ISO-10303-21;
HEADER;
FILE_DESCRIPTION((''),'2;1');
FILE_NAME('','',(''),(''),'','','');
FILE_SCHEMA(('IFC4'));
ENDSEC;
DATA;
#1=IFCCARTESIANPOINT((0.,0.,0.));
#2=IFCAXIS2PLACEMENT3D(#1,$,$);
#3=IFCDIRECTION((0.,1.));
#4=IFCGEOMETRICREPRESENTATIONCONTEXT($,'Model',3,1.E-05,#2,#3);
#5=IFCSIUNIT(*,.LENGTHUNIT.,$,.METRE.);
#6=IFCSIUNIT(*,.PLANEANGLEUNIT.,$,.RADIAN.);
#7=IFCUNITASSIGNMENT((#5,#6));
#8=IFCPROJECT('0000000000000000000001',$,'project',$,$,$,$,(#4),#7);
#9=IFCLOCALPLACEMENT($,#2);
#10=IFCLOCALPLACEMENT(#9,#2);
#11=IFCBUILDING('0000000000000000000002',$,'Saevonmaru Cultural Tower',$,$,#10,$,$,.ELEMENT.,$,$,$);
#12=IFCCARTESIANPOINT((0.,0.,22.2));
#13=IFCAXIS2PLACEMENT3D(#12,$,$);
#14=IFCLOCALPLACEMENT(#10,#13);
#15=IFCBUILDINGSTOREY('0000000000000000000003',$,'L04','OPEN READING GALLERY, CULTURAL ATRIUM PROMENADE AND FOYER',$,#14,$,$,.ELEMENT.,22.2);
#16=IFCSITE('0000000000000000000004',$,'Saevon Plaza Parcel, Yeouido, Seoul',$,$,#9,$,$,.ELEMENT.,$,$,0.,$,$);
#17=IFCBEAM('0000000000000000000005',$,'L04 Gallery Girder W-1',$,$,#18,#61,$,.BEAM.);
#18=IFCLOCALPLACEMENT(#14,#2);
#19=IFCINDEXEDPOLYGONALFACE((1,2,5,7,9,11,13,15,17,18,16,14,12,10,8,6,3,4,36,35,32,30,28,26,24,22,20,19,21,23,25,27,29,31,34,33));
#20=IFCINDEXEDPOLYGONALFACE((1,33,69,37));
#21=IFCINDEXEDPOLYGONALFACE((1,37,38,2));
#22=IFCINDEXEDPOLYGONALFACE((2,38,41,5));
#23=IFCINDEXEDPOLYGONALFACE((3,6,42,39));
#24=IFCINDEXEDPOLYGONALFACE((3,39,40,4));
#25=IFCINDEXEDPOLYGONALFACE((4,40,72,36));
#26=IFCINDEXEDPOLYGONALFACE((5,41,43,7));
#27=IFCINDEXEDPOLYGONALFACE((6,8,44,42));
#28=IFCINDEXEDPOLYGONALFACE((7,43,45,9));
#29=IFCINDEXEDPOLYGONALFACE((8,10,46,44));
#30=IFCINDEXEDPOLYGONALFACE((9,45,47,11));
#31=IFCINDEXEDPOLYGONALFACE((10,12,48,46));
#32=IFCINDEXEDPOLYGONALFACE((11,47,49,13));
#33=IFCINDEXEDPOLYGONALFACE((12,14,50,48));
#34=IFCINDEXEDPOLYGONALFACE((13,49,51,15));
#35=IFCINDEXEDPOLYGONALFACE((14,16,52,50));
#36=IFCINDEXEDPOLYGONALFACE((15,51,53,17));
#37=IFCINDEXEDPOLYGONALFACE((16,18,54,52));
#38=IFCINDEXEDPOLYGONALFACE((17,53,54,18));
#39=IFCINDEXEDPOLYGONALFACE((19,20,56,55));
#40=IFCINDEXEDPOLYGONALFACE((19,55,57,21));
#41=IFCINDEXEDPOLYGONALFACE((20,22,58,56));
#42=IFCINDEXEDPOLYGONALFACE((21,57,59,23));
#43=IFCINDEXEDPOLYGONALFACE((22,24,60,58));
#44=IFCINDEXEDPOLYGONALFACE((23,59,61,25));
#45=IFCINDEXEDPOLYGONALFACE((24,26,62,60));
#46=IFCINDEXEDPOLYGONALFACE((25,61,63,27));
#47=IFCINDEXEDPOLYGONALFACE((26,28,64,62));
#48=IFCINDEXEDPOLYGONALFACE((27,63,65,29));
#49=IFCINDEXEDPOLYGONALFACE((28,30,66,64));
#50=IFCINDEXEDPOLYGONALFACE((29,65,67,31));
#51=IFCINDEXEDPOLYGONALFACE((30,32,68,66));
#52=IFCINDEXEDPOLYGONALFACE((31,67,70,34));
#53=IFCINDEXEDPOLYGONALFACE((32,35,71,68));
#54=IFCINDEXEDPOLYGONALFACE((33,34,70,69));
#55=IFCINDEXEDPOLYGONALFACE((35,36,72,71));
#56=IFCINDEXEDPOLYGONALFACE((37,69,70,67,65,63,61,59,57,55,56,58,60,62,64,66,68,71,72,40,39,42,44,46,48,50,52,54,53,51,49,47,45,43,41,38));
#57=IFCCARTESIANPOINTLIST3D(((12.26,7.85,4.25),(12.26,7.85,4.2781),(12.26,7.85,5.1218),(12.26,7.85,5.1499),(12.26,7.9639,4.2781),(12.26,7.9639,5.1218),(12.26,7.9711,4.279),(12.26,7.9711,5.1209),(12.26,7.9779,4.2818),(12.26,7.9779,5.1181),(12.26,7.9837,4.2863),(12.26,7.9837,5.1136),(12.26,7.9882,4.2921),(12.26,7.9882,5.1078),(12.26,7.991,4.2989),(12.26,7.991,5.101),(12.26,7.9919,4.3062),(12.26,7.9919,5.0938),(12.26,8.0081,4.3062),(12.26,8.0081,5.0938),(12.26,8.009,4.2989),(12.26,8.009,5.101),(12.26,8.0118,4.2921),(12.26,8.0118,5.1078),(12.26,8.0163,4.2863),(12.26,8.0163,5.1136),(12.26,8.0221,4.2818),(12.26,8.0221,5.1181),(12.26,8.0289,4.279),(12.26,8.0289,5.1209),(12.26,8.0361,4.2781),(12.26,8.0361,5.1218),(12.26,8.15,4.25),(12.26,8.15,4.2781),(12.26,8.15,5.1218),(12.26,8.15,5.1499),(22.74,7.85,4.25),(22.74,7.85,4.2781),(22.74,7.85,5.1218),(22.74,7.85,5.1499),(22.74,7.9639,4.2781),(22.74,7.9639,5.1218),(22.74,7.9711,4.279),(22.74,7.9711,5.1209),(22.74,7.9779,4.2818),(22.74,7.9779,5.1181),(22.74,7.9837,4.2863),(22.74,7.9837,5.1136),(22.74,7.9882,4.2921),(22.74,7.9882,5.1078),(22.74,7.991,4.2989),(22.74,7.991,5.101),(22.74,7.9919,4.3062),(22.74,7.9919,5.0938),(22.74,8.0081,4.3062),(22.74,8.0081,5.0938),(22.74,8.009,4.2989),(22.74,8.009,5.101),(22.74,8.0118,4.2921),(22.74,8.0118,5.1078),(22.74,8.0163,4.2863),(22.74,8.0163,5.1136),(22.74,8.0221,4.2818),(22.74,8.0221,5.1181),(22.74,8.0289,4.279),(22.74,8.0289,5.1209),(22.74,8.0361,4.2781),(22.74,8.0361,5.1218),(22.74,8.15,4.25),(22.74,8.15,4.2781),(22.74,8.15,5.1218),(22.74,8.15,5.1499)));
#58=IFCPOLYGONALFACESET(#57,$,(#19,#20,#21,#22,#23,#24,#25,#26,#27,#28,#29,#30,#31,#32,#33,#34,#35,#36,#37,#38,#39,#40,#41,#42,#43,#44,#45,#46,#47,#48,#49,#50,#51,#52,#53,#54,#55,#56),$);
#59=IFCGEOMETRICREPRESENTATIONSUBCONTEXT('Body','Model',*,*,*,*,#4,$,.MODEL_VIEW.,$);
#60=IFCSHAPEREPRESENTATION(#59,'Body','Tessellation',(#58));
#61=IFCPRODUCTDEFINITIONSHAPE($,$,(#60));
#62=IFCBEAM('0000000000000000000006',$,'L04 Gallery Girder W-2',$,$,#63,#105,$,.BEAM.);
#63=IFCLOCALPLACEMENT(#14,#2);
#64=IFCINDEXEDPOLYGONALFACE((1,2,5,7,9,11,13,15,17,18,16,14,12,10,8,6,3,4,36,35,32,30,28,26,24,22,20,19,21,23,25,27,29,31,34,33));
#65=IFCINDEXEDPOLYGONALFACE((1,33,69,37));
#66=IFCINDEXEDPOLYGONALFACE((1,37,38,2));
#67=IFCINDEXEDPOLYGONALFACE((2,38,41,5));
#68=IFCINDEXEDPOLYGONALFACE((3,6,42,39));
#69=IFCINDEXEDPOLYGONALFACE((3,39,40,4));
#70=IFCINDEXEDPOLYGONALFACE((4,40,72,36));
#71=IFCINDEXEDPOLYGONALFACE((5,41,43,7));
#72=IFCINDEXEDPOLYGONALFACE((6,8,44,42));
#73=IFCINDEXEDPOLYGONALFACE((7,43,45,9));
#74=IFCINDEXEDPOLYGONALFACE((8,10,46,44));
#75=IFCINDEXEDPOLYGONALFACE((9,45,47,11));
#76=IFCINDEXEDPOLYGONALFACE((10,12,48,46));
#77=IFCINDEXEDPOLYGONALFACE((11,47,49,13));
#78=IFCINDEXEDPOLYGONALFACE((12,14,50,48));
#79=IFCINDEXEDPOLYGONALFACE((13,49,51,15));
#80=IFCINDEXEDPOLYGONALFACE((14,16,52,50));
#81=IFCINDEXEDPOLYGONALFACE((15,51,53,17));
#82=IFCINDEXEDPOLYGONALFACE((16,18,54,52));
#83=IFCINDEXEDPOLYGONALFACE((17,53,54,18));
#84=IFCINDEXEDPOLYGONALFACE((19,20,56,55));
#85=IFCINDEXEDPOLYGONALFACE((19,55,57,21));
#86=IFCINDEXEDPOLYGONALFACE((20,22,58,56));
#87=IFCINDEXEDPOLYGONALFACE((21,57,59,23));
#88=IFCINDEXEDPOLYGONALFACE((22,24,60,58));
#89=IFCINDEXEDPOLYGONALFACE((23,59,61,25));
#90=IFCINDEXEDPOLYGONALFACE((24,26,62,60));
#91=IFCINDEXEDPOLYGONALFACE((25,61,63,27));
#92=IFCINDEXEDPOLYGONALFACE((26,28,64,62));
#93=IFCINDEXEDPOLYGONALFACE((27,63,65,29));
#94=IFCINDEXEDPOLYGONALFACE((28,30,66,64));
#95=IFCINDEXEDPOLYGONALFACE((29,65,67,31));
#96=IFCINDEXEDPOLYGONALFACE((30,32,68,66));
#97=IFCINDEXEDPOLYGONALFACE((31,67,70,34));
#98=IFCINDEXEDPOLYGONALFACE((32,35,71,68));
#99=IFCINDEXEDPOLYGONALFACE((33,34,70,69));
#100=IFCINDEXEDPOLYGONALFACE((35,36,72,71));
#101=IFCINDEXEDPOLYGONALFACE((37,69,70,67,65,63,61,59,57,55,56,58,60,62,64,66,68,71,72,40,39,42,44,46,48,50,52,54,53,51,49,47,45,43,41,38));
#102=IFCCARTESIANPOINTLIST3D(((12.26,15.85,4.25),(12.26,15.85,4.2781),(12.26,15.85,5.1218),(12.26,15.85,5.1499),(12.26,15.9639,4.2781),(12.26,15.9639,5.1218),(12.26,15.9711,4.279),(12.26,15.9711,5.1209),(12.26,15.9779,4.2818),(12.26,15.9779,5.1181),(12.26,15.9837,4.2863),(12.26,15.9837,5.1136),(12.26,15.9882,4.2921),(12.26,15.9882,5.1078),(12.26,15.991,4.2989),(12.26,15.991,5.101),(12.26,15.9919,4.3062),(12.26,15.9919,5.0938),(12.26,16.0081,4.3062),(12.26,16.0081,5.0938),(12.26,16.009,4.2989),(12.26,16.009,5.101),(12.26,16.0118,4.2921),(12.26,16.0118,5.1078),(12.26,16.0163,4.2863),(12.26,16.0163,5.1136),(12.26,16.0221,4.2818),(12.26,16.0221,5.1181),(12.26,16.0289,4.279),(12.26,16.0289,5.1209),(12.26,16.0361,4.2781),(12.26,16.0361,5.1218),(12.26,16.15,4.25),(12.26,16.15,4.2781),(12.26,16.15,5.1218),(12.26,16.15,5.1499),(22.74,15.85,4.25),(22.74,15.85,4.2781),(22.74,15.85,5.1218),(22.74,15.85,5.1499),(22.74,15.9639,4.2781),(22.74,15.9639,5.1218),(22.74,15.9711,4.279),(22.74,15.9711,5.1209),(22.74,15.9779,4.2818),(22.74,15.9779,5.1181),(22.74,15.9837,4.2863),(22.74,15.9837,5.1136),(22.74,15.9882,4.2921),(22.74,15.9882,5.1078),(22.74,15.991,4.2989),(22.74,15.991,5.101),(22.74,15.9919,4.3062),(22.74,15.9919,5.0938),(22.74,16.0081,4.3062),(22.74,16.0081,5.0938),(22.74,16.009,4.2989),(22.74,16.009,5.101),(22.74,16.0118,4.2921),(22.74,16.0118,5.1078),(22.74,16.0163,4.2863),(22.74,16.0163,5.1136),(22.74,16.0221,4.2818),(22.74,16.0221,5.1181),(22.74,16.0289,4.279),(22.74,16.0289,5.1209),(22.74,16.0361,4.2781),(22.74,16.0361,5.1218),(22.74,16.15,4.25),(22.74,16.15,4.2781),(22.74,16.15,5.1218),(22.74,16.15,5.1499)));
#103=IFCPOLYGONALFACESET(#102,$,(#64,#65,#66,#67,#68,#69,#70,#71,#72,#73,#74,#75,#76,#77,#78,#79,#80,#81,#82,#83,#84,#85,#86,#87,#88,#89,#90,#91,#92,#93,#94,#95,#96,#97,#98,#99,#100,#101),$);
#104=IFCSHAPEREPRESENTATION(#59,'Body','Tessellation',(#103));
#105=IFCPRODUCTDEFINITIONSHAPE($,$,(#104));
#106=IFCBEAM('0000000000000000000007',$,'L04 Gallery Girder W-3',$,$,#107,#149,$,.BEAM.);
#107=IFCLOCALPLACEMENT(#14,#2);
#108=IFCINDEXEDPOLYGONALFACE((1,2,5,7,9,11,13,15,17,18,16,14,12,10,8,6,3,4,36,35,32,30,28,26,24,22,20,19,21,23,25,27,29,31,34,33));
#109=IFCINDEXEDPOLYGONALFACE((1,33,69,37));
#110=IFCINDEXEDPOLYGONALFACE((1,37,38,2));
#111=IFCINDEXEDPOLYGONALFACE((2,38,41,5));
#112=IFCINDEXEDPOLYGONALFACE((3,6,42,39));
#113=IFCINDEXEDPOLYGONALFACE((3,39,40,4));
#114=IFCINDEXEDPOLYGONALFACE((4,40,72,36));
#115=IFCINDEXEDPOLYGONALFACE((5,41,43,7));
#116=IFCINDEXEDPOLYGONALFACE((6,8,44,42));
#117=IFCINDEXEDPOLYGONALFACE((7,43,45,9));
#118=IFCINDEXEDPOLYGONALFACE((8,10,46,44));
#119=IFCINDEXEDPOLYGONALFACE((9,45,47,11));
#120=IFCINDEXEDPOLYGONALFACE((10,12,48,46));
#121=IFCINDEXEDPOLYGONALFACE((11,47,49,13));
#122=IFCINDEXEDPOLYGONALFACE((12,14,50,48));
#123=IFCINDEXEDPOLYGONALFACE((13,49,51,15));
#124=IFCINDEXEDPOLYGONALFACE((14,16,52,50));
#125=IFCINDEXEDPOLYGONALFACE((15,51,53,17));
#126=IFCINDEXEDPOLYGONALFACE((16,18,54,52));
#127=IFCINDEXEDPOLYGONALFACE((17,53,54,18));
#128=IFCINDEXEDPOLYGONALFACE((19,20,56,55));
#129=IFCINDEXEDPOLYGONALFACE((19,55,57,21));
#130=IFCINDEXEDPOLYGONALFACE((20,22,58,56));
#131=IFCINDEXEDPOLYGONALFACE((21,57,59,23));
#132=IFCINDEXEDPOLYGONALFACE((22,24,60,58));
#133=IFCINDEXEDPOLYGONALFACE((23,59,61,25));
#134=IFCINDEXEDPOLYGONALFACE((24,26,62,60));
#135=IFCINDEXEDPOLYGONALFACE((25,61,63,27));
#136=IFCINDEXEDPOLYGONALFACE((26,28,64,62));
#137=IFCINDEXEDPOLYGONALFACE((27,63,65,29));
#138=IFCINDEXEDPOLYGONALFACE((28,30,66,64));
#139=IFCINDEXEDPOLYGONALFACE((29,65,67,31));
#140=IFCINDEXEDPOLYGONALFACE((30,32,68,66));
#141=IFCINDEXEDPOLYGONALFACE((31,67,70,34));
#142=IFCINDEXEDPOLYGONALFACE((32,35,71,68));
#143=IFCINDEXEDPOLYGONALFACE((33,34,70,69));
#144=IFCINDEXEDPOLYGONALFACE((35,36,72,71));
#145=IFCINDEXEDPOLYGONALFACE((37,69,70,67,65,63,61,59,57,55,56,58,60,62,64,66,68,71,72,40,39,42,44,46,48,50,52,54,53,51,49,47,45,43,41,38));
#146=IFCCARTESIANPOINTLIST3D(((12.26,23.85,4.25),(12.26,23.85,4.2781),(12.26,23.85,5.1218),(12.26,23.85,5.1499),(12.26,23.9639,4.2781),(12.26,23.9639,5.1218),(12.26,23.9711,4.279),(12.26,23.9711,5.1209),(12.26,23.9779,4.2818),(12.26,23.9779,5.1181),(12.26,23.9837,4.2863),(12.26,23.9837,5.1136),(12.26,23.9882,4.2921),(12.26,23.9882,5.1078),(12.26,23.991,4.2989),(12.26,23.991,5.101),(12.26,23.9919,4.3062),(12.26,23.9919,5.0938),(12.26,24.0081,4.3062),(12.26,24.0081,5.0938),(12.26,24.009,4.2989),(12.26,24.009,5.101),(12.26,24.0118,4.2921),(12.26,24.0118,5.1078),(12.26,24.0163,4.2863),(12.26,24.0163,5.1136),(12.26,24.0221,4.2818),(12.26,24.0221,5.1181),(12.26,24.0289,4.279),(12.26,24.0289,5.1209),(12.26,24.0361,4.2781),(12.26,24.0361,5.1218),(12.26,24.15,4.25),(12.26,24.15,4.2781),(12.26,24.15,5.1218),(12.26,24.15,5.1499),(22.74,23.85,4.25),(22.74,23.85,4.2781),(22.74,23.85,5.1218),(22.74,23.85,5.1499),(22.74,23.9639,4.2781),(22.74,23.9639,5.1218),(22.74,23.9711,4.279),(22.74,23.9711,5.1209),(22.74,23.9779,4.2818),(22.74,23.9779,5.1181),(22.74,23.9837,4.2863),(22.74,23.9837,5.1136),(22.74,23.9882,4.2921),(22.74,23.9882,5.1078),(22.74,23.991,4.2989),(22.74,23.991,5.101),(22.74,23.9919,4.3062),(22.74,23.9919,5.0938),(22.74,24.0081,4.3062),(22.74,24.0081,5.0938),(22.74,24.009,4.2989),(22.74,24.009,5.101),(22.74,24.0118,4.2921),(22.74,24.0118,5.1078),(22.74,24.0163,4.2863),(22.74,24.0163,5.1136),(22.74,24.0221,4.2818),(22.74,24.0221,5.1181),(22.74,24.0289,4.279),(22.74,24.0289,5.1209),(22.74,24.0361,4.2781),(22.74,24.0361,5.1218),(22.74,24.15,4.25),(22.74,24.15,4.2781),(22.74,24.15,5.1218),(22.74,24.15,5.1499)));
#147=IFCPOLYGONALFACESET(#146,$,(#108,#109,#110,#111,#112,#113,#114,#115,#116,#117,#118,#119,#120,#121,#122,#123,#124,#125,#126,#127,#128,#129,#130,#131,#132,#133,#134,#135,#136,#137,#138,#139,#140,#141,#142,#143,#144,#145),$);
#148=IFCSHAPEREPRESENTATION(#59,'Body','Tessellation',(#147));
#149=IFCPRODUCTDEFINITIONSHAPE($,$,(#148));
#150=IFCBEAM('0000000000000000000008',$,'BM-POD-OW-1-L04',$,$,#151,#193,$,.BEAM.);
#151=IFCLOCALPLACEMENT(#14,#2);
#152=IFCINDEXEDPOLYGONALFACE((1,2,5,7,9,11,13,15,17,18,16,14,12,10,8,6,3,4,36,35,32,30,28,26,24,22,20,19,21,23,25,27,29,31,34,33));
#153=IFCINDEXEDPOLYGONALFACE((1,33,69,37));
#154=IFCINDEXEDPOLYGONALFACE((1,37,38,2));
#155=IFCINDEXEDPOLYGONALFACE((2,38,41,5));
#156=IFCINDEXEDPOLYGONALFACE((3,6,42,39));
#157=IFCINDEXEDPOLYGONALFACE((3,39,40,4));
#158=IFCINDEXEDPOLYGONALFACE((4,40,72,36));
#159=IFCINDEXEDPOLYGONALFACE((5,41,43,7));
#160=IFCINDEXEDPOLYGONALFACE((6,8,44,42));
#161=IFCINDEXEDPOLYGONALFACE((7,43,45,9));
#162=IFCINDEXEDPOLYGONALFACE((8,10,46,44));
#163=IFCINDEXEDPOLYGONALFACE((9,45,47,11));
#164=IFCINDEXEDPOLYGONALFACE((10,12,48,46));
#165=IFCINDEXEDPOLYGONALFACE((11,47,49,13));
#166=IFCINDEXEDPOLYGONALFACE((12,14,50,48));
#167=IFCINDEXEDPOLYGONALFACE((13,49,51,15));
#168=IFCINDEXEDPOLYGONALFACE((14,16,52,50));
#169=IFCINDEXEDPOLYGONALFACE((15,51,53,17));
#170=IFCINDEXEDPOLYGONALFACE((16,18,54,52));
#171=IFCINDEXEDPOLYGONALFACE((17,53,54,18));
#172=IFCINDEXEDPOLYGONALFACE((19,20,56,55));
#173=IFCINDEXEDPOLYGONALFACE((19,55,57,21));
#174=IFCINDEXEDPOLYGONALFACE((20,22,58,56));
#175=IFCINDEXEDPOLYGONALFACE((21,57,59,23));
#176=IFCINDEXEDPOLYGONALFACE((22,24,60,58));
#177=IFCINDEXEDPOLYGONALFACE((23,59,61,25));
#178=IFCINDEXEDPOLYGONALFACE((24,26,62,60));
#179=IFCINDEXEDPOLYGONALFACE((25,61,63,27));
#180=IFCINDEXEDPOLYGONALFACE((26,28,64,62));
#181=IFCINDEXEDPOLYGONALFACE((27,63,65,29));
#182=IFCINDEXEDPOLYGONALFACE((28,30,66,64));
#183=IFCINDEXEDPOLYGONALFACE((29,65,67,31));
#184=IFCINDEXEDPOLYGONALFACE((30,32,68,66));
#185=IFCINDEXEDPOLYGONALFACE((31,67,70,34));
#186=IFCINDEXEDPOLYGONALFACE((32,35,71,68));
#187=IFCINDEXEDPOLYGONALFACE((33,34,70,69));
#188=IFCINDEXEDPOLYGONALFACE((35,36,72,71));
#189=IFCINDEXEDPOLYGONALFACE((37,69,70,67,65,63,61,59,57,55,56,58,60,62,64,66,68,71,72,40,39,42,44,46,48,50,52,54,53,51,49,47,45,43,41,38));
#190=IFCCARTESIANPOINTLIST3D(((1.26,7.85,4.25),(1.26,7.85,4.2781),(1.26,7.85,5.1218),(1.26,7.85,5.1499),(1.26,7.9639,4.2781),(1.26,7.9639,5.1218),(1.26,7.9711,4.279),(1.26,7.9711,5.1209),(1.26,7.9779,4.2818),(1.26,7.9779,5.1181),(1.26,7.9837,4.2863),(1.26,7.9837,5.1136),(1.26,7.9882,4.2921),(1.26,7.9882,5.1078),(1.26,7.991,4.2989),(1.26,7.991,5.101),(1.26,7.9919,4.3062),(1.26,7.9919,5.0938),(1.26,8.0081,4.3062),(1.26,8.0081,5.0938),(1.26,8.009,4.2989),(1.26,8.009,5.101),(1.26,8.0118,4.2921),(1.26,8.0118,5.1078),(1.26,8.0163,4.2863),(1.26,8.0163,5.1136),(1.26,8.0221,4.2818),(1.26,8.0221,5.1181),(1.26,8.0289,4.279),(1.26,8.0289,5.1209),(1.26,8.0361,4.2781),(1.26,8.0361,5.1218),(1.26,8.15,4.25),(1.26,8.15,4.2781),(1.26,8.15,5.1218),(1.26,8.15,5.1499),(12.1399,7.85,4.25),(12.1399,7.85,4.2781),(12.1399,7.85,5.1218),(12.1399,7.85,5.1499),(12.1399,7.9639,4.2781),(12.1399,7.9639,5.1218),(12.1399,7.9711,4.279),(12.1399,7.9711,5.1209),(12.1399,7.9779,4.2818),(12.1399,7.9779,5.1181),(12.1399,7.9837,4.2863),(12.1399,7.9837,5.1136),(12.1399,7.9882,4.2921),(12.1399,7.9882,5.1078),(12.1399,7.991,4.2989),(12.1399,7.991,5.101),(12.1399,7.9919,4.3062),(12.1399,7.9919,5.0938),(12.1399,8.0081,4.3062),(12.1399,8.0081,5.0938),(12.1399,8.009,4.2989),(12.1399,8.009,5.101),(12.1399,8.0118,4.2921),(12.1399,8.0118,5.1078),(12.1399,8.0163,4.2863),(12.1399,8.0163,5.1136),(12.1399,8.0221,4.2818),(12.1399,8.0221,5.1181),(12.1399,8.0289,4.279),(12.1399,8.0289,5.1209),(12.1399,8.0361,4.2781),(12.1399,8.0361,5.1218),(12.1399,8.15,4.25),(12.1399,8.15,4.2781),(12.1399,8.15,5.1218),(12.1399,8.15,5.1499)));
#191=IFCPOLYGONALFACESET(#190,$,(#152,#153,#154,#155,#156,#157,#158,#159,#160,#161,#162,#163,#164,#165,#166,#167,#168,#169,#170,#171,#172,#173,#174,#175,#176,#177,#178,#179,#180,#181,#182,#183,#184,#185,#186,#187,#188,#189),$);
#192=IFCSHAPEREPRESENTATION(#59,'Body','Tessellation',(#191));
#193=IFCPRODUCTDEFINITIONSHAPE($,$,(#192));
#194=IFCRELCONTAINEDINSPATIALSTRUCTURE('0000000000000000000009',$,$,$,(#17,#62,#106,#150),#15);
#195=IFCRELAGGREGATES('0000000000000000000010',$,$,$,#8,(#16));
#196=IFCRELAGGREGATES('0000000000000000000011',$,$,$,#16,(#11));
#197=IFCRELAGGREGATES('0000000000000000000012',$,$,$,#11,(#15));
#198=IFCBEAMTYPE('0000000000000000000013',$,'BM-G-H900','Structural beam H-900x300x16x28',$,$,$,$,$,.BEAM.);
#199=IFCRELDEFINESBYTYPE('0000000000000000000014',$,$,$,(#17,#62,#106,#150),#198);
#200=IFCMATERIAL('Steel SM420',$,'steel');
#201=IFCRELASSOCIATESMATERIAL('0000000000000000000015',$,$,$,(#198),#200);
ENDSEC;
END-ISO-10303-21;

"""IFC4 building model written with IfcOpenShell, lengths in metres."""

from ifc_helpers import new_model, si_unit, direction, frame, origin, origin_2d, place, context, subcontext, project, spatial, i_section, extrude, material, material_profile, profile_set, type_object, element, save


model = new_model("IFC4")

# Units and contexts
model_context = context("Model", 3, precision=1e-05, world=origin(), true_north=direction((0.0, 1.0)))
body_context = subcontext(model_context, "Body", "Model", "MODEL_VIEW")
ifc_project = project(units=[si_unit("LENGTHUNIT", "METRE"), si_unit("PLANEANGLEUNIT", "RADIAN")], contexts=[model_context])

# Site, building, storey
site_placement = place(None, origin())
site = spatial("IfcSite", under=ifc_project, at=site_placement, Name="Saevon Plaza Parcel, Yeouido, Seoul", CompositionType="ELEMENT", RefElevation=0.0)
building_placement = place(site_placement, origin())
building = spatial("IfcBuilding", under=site, at=building_placement, Name="Saevonmaru Cultural Tower", CompositionType="ELEMENT")
storey_placement = place(building_placement, frame((0.0, 0.0, 22.2)))
storey = spatial("IfcBuildingStorey", under=building, at=storey_placement, Name="L04", Description="OPEN READING GALLERY, CULTURAL ATRIUM PROMENADE AND FOYER", CompositionType="ELEMENT", Elevation=22.2)

# Shared definitions
ifc_material_1 = material(Name="Steel SM420", Category="steel")

# Beams
ifc_material_profile_1 = material_profile(ifc_material_1, i_section(OverallWidth=0.3, OverallDepth=0.8999, WebThickness=0.0161, FlangeThickness=0.0281, FilletRadius=0.0281, at=origin_2d()), Name="H-900x300x16x28")
ifc_profile_set_1 = profile_set([ifc_material_profile_1], Name="Steel SM420")
beam_type_1 = type_object("IfcBeamType", Name="BM-G-H900", Description="Structural beam H-900x300x16x28", PredefinedType="BEAM", material=ifc_profile_set_1)
for number, where, z_axis, x_axis, name in (
    (1, (12.26, 8.0, 4.7), (1.0, 0.0, 0.0), (0.0, 1.0, 0.0), "L04 Gallery Girder W-1"),
    (2, (12.26, 16.0, 4.7), (1.0, 0.0, 0.0), (0.0, 1.0, 0.0), "L04 Gallery Girder W-2"),
    (3, (12.26, 24.0, 4.7), (1.0, 0.0, 0.0), (0.0, 1.0, 0.0), "L04 Gallery Girder W-3"),
):
    element("IfcBeam", number, at=place(storey_placement, frame(where, z_axis=z_axis, x_axis=x_axis)), inside=storey, type_object=beam_type_1, Name=name, PredefinedType="BEAM", context=body_context, shape_type="SweptSolid", body=[
        extrude(i_section(OverallWidth=0.3, OverallDepth=0.8999, WebThickness=0.0161, FlangeThickness=0.0281, FilletRadius=0.0281, at=origin_2d()), origin(), (0.0, 0.0, 1.0), 10.48),
    ])
for number, where, z_axis, x_axis, name in (
    (4, (1.26, 8.0, 4.7), (1.0, 0.0, 0.0), (0.0, 1.0, 0.0), "BM-POD-OW-1-L04"),
):
    element("IfcBeam", number, at=place(storey_placement, frame(where, z_axis=z_axis, x_axis=x_axis)), inside=storey, type_object=beam_type_1, Name=name, PredefinedType="BEAM", context=body_context, shape_type="SweptSolid", body=[
        extrude(i_section(OverallWidth=0.3, OverallDepth=0.8999, WebThickness=0.0161, FlangeThickness=0.0281, FilletRadius=0.0281, at=origin_2d()), origin(), (0.0, 0.0, 1.0), 10.8799),
    ])

save(model, "model.ifc")
